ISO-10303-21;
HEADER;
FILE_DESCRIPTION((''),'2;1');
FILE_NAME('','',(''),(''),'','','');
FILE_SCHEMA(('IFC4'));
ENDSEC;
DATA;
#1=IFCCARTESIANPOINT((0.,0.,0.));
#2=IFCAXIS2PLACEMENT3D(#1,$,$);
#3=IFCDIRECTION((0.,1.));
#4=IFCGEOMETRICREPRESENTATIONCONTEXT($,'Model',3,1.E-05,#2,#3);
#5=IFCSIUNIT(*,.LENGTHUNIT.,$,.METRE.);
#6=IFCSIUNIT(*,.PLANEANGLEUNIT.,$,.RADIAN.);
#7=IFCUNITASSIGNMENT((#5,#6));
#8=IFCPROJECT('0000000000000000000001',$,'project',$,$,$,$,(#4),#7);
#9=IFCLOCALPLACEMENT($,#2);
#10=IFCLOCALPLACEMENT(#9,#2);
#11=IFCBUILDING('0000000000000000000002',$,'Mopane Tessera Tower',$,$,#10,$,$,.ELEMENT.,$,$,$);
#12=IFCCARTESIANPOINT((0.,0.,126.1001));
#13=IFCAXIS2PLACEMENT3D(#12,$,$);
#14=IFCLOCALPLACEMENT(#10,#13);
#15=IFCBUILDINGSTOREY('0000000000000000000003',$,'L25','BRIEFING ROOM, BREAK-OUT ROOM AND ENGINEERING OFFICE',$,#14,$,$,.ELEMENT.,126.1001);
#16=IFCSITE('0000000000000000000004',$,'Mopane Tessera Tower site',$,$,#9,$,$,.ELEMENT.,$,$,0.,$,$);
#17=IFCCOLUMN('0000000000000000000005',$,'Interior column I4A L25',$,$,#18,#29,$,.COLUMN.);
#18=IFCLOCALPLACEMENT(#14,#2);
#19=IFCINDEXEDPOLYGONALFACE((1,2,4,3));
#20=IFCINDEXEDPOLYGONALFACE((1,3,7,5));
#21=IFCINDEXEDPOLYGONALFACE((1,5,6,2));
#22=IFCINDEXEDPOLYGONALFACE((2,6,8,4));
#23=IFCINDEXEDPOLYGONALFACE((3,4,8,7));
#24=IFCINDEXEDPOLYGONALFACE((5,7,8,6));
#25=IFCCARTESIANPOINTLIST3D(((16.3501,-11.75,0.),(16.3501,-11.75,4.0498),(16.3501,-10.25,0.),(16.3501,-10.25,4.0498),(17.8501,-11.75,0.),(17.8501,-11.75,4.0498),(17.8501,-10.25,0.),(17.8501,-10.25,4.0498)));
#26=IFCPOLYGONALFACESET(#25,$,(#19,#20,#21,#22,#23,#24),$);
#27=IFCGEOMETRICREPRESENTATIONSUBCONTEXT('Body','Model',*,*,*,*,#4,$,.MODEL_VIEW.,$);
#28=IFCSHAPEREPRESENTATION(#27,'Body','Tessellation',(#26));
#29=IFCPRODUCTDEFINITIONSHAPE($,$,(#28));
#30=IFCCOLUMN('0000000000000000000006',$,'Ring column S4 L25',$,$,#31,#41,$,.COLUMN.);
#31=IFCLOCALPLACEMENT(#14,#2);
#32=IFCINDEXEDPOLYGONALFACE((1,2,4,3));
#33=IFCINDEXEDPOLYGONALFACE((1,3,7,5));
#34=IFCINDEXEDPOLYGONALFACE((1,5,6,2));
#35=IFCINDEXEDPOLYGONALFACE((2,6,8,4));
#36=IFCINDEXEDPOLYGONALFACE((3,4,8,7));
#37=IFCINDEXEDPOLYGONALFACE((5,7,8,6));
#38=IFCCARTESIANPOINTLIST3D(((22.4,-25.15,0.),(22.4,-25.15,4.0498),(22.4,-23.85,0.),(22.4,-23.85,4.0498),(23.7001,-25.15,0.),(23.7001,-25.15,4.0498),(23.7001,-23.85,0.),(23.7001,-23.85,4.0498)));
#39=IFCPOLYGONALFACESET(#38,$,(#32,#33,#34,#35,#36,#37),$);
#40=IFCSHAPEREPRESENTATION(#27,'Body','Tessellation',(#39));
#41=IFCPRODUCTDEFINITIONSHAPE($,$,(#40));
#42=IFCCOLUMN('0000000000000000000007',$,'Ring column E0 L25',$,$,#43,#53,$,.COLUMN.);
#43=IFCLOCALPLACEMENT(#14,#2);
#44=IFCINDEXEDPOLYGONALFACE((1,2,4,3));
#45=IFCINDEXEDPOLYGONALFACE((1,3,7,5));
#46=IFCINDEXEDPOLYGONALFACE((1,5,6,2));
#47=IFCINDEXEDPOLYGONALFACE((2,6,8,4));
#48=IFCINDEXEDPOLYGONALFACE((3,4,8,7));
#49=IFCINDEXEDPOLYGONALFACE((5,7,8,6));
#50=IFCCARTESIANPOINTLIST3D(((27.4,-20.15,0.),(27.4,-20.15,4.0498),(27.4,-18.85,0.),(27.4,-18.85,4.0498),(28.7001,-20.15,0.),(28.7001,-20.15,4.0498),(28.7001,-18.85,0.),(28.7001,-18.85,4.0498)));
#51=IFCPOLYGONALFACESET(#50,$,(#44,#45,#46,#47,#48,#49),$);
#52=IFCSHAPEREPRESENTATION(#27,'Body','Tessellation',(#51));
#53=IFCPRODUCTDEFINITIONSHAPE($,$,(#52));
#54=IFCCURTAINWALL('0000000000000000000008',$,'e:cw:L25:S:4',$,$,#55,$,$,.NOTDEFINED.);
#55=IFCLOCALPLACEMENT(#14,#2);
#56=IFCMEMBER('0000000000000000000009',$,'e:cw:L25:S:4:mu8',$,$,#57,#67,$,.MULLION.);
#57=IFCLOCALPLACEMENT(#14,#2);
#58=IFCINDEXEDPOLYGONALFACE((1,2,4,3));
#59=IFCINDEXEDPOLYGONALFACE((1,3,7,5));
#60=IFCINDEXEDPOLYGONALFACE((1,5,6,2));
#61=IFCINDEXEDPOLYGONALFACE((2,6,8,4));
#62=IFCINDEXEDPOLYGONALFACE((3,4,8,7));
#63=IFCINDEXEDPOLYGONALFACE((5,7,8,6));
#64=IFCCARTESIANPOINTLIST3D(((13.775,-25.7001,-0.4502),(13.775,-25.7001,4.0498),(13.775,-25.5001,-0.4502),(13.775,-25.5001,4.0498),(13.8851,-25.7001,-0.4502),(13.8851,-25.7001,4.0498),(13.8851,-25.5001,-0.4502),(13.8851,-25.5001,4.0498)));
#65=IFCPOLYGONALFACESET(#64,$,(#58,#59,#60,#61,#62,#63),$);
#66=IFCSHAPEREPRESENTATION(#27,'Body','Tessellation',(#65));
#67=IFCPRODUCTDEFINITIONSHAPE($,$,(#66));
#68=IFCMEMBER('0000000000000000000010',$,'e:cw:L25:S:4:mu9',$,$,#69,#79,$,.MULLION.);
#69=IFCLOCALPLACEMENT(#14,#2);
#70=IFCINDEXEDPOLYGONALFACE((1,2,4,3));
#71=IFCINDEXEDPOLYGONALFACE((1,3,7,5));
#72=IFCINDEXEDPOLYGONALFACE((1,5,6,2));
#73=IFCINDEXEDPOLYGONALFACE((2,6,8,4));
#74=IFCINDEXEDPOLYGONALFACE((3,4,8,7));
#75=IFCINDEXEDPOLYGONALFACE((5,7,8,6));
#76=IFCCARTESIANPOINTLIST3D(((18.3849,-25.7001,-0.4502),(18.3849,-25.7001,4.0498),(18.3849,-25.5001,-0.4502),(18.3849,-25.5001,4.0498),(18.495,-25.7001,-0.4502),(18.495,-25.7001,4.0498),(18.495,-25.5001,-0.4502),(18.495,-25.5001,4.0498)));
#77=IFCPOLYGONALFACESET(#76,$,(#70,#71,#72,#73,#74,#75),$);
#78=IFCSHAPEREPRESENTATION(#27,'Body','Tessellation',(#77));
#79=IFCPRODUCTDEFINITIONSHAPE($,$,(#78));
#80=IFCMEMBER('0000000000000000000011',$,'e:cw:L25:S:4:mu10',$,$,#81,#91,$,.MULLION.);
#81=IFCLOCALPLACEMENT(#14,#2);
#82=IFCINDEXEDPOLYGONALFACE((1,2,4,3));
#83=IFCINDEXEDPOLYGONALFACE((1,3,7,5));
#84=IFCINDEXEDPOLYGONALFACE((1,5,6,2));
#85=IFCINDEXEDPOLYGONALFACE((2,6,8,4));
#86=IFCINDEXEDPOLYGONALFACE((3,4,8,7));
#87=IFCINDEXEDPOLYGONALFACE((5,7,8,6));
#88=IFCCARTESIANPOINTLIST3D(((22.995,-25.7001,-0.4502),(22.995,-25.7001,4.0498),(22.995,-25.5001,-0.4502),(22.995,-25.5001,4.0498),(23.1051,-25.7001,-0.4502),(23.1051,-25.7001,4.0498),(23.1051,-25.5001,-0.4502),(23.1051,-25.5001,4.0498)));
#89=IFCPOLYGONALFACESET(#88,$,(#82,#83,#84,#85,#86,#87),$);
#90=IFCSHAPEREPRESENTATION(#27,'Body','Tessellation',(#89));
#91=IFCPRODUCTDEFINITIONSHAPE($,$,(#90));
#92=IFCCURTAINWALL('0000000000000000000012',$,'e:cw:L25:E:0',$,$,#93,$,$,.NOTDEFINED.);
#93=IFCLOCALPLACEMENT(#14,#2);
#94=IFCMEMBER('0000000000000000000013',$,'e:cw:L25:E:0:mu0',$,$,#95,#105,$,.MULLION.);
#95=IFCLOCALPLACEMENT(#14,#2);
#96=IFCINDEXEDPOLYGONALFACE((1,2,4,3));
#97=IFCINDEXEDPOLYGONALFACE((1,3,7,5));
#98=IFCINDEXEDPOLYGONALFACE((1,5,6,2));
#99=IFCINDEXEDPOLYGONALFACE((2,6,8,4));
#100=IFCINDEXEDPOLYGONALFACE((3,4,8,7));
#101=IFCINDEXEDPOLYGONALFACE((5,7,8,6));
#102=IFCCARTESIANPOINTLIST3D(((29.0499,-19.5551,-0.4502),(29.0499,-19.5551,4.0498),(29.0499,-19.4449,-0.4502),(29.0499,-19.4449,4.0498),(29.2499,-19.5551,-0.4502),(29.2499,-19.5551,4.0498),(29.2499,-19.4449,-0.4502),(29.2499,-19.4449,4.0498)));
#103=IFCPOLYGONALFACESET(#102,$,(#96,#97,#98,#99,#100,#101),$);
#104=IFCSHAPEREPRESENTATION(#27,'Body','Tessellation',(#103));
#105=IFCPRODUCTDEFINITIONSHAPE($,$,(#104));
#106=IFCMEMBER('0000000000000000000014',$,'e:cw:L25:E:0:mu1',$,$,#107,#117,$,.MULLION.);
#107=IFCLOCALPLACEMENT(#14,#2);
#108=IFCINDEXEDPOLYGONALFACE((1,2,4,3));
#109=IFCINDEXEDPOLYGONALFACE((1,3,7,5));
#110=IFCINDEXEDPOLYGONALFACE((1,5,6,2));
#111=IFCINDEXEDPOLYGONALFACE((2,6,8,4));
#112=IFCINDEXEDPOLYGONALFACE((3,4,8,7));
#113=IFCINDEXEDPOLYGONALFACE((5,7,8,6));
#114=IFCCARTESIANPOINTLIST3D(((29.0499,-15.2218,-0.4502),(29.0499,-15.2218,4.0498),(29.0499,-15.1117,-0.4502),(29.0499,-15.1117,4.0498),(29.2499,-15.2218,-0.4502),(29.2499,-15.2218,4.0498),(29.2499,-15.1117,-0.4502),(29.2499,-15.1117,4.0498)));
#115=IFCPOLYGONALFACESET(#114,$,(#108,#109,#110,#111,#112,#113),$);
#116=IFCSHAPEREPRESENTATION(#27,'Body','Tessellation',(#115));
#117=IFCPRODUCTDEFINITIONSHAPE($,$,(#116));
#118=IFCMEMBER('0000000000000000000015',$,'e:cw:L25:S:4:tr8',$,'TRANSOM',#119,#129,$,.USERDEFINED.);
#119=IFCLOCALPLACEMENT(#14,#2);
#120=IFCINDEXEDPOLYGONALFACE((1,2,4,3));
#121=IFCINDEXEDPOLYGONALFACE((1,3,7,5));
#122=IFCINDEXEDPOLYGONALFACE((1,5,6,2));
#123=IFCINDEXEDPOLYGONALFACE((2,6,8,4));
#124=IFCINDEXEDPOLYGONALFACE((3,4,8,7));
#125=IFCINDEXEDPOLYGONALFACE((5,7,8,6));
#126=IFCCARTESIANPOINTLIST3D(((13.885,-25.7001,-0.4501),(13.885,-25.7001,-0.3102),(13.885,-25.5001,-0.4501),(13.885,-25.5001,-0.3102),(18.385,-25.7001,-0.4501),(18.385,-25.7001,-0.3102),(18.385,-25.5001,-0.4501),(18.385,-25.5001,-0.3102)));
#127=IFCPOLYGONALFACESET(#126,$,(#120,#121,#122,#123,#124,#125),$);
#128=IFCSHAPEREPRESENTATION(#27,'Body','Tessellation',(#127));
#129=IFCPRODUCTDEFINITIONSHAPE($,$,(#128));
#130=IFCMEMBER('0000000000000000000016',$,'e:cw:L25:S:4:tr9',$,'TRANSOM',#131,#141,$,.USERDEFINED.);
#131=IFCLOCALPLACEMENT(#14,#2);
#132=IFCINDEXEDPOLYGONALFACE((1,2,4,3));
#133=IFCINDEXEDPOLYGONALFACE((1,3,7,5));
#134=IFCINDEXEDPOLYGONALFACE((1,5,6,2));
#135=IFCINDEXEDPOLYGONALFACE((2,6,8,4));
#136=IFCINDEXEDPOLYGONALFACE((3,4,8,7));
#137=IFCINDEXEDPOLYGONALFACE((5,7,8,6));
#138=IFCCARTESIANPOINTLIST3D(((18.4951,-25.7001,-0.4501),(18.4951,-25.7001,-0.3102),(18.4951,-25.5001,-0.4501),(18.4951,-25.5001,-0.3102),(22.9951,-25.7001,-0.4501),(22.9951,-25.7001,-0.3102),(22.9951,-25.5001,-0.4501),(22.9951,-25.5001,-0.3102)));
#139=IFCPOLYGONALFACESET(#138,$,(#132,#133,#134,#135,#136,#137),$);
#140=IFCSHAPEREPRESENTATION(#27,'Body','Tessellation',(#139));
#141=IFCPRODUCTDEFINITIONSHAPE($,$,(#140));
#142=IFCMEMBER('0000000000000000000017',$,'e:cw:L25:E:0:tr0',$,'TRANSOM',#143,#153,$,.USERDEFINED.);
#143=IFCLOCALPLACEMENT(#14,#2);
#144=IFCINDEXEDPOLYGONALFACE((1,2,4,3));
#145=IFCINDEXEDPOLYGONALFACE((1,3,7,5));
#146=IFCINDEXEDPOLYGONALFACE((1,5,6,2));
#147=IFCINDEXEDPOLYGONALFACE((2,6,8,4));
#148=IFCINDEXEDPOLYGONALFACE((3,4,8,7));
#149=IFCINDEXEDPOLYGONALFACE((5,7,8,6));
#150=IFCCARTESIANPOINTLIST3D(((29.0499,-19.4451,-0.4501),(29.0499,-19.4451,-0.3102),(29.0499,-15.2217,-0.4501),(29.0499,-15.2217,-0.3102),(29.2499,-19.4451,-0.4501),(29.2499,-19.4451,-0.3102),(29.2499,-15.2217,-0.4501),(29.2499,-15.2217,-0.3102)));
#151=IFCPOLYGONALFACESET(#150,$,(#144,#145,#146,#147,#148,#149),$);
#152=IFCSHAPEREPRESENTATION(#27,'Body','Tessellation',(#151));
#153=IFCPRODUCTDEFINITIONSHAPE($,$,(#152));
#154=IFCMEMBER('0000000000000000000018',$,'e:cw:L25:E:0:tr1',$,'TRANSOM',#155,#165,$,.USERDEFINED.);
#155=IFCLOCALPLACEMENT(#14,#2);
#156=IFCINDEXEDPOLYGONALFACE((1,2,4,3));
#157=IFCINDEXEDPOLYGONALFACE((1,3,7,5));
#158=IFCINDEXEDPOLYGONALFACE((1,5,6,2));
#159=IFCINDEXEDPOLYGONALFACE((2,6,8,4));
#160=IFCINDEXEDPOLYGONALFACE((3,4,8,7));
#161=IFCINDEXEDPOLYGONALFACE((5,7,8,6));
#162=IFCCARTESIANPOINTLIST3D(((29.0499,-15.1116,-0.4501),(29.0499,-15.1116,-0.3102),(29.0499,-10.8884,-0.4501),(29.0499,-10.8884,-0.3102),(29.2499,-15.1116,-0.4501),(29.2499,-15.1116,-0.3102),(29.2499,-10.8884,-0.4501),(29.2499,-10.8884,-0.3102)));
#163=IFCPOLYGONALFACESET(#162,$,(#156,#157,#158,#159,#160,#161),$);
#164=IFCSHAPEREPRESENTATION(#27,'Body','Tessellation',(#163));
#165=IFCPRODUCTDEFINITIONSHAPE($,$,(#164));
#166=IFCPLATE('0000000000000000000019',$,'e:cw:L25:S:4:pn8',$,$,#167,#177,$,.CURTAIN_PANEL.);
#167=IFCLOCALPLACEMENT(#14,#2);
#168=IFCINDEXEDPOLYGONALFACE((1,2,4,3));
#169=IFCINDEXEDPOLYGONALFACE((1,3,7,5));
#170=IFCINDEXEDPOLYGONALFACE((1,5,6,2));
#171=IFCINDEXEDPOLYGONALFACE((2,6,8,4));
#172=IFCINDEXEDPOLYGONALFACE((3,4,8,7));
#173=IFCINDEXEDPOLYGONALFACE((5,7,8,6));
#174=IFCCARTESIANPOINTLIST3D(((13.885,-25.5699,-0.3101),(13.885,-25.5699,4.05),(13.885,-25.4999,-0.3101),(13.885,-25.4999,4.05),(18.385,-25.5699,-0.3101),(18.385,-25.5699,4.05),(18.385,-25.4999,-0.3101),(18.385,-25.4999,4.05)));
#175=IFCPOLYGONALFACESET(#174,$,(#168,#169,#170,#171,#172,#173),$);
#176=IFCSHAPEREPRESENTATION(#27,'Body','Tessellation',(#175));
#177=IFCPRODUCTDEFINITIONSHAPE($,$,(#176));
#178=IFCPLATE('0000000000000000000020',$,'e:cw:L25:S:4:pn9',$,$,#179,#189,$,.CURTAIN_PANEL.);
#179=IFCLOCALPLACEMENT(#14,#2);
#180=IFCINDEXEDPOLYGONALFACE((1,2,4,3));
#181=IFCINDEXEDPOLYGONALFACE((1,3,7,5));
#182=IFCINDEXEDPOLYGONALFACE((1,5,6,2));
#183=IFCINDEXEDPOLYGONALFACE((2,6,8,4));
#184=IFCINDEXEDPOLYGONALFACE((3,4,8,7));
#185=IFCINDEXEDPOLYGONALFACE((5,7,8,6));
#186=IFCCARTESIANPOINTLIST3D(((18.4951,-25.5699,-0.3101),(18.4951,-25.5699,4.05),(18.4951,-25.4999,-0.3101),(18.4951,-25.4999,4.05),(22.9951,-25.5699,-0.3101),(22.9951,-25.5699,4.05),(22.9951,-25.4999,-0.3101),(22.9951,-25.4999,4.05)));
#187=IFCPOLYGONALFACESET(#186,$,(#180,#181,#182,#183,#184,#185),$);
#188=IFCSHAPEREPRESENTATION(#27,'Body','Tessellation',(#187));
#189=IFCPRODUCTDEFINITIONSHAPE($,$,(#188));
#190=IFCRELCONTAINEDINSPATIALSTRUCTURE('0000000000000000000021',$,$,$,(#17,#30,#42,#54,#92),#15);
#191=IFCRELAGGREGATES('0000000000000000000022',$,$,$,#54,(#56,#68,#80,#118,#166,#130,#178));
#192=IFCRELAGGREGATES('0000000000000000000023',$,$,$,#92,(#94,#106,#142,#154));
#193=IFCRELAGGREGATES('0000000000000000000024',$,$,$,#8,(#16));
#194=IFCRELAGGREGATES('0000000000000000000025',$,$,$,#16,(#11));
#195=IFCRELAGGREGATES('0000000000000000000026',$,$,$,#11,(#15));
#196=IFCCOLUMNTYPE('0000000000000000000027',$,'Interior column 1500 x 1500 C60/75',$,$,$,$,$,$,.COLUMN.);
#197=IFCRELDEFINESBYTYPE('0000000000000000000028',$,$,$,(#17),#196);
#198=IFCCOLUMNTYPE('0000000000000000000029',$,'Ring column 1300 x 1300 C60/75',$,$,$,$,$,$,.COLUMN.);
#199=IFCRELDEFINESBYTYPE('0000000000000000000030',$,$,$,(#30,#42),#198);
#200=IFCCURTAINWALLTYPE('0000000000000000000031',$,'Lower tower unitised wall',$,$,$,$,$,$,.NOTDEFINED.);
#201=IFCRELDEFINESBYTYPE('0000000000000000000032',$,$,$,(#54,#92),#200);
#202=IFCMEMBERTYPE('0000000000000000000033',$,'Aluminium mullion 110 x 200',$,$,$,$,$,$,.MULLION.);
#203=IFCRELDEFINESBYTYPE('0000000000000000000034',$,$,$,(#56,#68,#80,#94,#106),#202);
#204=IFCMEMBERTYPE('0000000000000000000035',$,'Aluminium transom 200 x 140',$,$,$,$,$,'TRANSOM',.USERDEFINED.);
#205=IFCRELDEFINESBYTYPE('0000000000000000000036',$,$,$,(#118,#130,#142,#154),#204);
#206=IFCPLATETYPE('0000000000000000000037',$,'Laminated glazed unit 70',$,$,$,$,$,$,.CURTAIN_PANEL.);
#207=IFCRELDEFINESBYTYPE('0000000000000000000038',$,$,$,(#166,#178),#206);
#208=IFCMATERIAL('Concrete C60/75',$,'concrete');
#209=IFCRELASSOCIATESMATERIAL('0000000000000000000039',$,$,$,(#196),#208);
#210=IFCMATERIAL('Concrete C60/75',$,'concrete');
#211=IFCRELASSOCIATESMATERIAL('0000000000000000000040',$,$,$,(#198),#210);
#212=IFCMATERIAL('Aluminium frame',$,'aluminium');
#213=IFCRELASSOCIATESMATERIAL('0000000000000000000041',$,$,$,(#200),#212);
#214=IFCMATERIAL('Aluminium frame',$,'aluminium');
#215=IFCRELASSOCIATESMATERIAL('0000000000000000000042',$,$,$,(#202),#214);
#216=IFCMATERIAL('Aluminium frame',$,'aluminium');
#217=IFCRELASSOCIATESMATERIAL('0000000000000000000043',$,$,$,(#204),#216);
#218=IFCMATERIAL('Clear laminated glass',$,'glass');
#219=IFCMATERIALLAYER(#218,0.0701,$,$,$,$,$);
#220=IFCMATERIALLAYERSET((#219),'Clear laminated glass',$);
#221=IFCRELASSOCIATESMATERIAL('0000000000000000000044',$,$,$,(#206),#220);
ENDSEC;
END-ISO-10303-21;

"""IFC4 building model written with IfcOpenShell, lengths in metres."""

from ifc_helpers import new_model, si_unit, direction, frame, origin, origin_2d, place, context, subcontext, project, spatial, rectangle, extrude, material, layer, layer_set, material_profile, profile_set, type_object, element, aggregate, save


model = new_model("IFC4")

# Units and contexts
model_context = context("Model", 3, precision=1e-05, world=origin(), true_north=direction((0.0, 1.0)))
body_context = subcontext(model_context, "Body", "Model", "MODEL_VIEW")
ifc_project = project(units=[si_unit("LENGTHUNIT", "METRE"), si_unit("PLANEANGLEUNIT", "RADIAN")], contexts=[model_context])

# Site, building, storey
site_placement = place(None, origin())
site = spatial("IfcSite", under=ifc_project, at=site_placement, Name="Mopane Tessera Tower site", CompositionType="ELEMENT", RefElevation=0.0)
building_placement = place(site_placement, origin())
building = spatial("IfcBuilding", under=site, at=building_placement, Name="Mopane Tessera Tower", CompositionType="ELEMENT")
storey_placement = place(building_placement, frame((0.0, 0.0, 126.1001)))
storey = spatial("IfcBuildingStorey", under=building, at=storey_placement, Name="L25", Description="BRIEFING ROOM, BREAK-OUT ROOM AND ENGINEERING OFFICE", CompositionType="ELEMENT", Elevation=126.1001)

# Columns
ifc_material_1 = material(Name="Concrete C60/75", Category="concrete")
ifc_material_profile_1 = material_profile(ifc_material_1, rectangle(XDim=1.5, YDim=1.5, at=origin_2d()))
ifc_profile_set_1 = profile_set([ifc_material_profile_1], Name="Concrete C60/75")
column_type_1 = type_object("IfcColumnType", Name="Interior column 1500 x 1500 C60/75", PredefinedType="COLUMN", material=ifc_profile_set_1)
column_placement = place(storey_placement, frame((17.1001, -11.0, 0.0), z_axis=(0.0, 0.0, 1.0), x_axis=(1.0, 0.0, 0.0)))
element("IfcColumn", 1, at=column_placement, inside=storey, type_object=column_type_1, Name="Interior column I4A L25", PredefinedType="COLUMN", context=body_context, shape_type="SweptSolid", body=[
    extrude(rectangle(XDim=1.5, YDim=1.5, at=origin_2d()), origin(), (0.0, 0.0, 1.0), 4.0498),
])
ifc_material_2 = material(Name="Concrete C60/75", Category="concrete")
ifc_material_profile_2 = material_profile(ifc_material_2, rectangle(XDim=1.3, YDim=1.3, at=origin_2d()))
ifc_profile_set_2 = profile_set([ifc_material_profile_2], Name="Concrete C60/75")
column_type_2 = type_object("IfcColumnType", Name="Ring column 1300 x 1300 C60/75", PredefinedType="COLUMN", material=ifc_profile_set_2)
for number, where, z_axis, x_axis, name in (
    (2, (23.05, -24.5, 0.0), (0.0, 0.0, 1.0), (1.0, 0.0, 0.0), "Ring column S4 L25"),
    (3, (28.05, -19.5, 0.0), (0.0, 0.0, 1.0), (1.0, 0.0, 0.0), "Ring column E0 L25"),
):
    element("IfcColumn", number, at=place(storey_placement, frame(where, z_axis=z_axis, x_axis=x_axis)), inside=storey, type_object=column_type_2, Name=name, PredefinedType="COLUMN", context=body_context, shape_type="SweptSolid", body=[
        extrude(rectangle(XDim=1.3, YDim=1.3, at=origin_2d()), origin(), (0.0, 0.0, 1.0), 4.0498),
    ])

# Curtain walls, members
ifc_material_3 = material(Name="Aluminium frame", Category="aluminium")
curtain_wall_type = type_object("IfcCurtainWallType", Name="Lower tower unitised wall", PredefinedType="NOTDEFINED", material=ifc_material_3)
curtain_wall_1_placement = place(storey_placement, origin())
curtain_wall_1 = element("IfcCurtainWall", 4, at=curtain_wall_1_placement, inside=storey, type_object=curtain_wall_type, Name="e:cw:L25:S:4", PredefinedType="NOTDEFINED")
ifc_material_4 = material(Name="Aluminium frame", Category="aluminium")
ifc_material_profile_3 = material_profile(ifc_material_4, rectangle(XDim=0.1101, YDim=0.2, at=origin_2d()))
ifc_profile_set_3 = profile_set([ifc_material_profile_3], Name="Aluminium frame")
member_type_1 = type_object("IfcMemberType", Name="Aluminium mullion 110 x 200", PredefinedType="MULLION", material=ifc_profile_set_3)
member_1_placement = place(storey_placement, frame((13.8301, -25.6001, -0.4502), z_axis=(0.0, 0.0, 1.0), x_axis=(1.0, 0.0, 0.0)))
member_1 = element("IfcMember", 5, at=member_1_placement, type_object=member_type_1, Name="e:cw:L25:S:4:mu8", PredefinedType="MULLION", context=body_context, shape_type="SweptSolid", body=[
    extrude(rectangle(XDim=0.1101, YDim=0.2, at=origin_2d()), origin(), (0.0, 0.0, 1.0), 4.5),
])
member_2_placement = place(storey_placement, frame((18.4399, -25.6001, -0.4502), z_axis=(0.0, 0.0, 1.0), x_axis=(1.0, 0.0, 0.0)))
member_2 = element("IfcMember", 6, at=member_2_placement, type_object=member_type_1, Name="e:cw:L25:S:4:mu9", PredefinedType="MULLION", context=body_context, shape_type="SweptSolid", body=[
    extrude(rectangle(XDim=0.1101, YDim=0.2, at=origin_2d()), origin(), (0.0, 0.0, 1.0), 4.5),
])
member_3_placement = place(storey_placement, frame((23.05, -25.6001, -0.4502), z_axis=(0.0, 0.0, 1.0), x_axis=(1.0, 0.0, 0.0)))
member_3 = element("IfcMember", 7, at=member_3_placement, type_object=member_type_1, Name="e:cw:L25:S:4:mu10", PredefinedType="MULLION", context=body_context, shape_type="SweptSolid", body=[
    extrude(rectangle(XDim=0.1101, YDim=0.2, at=origin_2d()), origin(), (0.0, 0.0, 1.0), 4.5),
])
curtain_wall_2_placement = place(storey_placement, origin())
curtain_wall_2 = element("IfcCurtainWall", 8, at=curtain_wall_2_placement, inside=storey, type_object=curtain_wall_type, Name="e:cw:L25:E:0", PredefinedType="NOTDEFINED")
member_4_placement = place(storey_placement, frame((29.1499, -19.5, -0.4502), z_axis=(0.0, 0.0, 1.0), x_axis=(0.0, 1.0, 0.0)))
member_4 = element("IfcMember", 9, at=member_4_placement, type_object=member_type_1, Name="e:cw:L25:E:0:mu0", PredefinedType="MULLION", context=body_context, shape_type="SweptSolid", body=[
    extrude(rectangle(XDim=0.1101, YDim=0.2, at=origin_2d()), origin(), (0.0, 0.0, 1.0), 4.5),
])
member_5_placement = place(storey_placement, frame((29.1499, -15.1667, -0.4502), z_axis=(0.0, 0.0, 1.0), x_axis=(0.0, 1.0, 0.0)))
member_5 = element("IfcMember", 10, at=member_5_placement, type_object=member_type_1, Name="e:cw:L25:E:0:mu1", PredefinedType="MULLION", context=body_context, shape_type="SweptSolid", body=[
    extrude(rectangle(XDim=0.1101, YDim=0.2, at=origin_2d()), origin(), (0.0, 0.0, 1.0), 4.5),
])

# Members
ifc_material_5 = material(Name="Aluminium frame", Category="aluminium")
ifc_material_profile_4 = material_profile(ifc_material_5, rectangle(XDim=0.2, YDim=0.1399, at=origin_2d()))
ifc_profile_set_4 = profile_set([ifc_material_profile_4], Name="Aluminium frame")
member_type_2 = type_object("IfcMemberType", Name="Aluminium transom 200 x 140", ElementType="TRANSOM", PredefinedType="USERDEFINED", material=ifc_profile_set_4)
member_6_placement = place(storey_placement, frame((13.885, -25.6001, -0.3801), z_axis=(1.0, 0.0, 0.0), x_axis=(0.0, 1.0, 0.0)))
member_6 = element("IfcMember", 11, at=member_6_placement, type_object=member_type_2, Name="e:cw:L25:S:4:tr8", ObjectType="TRANSOM", PredefinedType="USERDEFINED", context=body_context, shape_type="SweptSolid", body=[
    extrude(rectangle(XDim=0.2, YDim=0.1399, at=origin_2d()), origin(), (0.0, 0.0, 1.0), 4.5),
])
member_7_placement = place(storey_placement, frame((18.4951, -25.6001, -0.3801), z_axis=(1.0, 0.0, 0.0), x_axis=(0.0, 1.0, 0.0)))
member_7 = element("IfcMember", 12, at=member_7_placement, type_object=member_type_2, Name="e:cw:L25:S:4:tr9", ObjectType="TRANSOM", PredefinedType="USERDEFINED", context=body_context, shape_type="SweptSolid", body=[
    extrude(rectangle(XDim=0.2, YDim=0.1399, at=origin_2d()), origin(), (0.0, 0.0, 1.0), 4.5),
])
member_8_placement = place(storey_placement, frame((29.1499, -19.4451, -0.3801), z_axis=(0.0, 1.0, 0.0), x_axis=(-1.0, 0.0, 0.0)))
member_8 = element("IfcMember", 13, at=member_8_placement, type_object=member_type_2, Name="e:cw:L25:E:0:tr0", ObjectType="TRANSOM", PredefinedType="USERDEFINED", context=body_context, shape_type="SweptSolid", body=[
    extrude(rectangle(XDim=0.2, YDim=0.1399, at=origin_2d()), origin(), (0.0, 0.0, 1.0), 4.2234),
])
member_9_placement = place(storey_placement, frame((29.1499, -15.1116, -0.3801), z_axis=(0.0, 1.0, 0.0), x_axis=(-1.0, 0.0, 0.0)))
member_9 = element("IfcMember", 14, at=member_9_placement, type_object=member_type_2, Name="e:cw:L25:E:0:tr1", ObjectType="TRANSOM", PredefinedType="USERDEFINED", context=body_context, shape_type="SweptSolid", body=[
    extrude(rectangle(XDim=0.2, YDim=0.1399, at=origin_2d()), origin(), (0.0, 0.0, 1.0), 4.2231),
])

# Plates
ifc_material_6 = material(Name="Clear laminated glass", Category="glass")
ifc_layer_1 = layer(ifc_material_6, 0.0701)
ifc_layer_set_1 = layer_set([ifc_layer_1], Name="Clear laminated glass")
plate_type = type_object("IfcPlateType", Name="Laminated glazed unit 70", PredefinedType="CURTAIN_PANEL", material=ifc_layer_set_1)
plate_1_placement = place(storey_placement, frame((16.135, -25.5349, -0.3101), z_axis=(0.0, 0.0, 1.0), x_axis=(1.0, 0.0, 0.0)))
plate_1 = element("IfcPlate", 15, at=plate_1_placement, type_object=plate_type, Name="e:cw:L25:S:4:pn8", PredefinedType="CURTAIN_PANEL", context=body_context, shape_type="SweptSolid", body=[
    extrude(rectangle(XDim=4.5, YDim=0.0701, at=origin_2d()), origin(), (0.0, 0.0, 1.0), 4.3601),
])
plate_2_placement = place(storey_placement, frame((20.7451, -25.5349, -0.3101), z_axis=(0.0, 0.0, 1.0), x_axis=(1.0, 0.0, 0.0)))
plate_2 = element("IfcPlate", 16, at=plate_2_placement, type_object=plate_type, Name="e:cw:L25:S:4:pn9", PredefinedType="CURTAIN_PANEL", context=body_context, shape_type="SweptSolid", body=[
    extrude(rectangle(XDim=4.5, YDim=0.0701, at=origin_2d()), origin(), (0.0, 0.0, 1.0), 4.3601),
])
aggregate(curtain_wall_1, [member_1, member_2, member_3, member_6, plate_1, member_7, plate_2])
aggregate(curtain_wall_2, [member_4, member_5, member_8, member_9])

save(model, "model.ifc")
